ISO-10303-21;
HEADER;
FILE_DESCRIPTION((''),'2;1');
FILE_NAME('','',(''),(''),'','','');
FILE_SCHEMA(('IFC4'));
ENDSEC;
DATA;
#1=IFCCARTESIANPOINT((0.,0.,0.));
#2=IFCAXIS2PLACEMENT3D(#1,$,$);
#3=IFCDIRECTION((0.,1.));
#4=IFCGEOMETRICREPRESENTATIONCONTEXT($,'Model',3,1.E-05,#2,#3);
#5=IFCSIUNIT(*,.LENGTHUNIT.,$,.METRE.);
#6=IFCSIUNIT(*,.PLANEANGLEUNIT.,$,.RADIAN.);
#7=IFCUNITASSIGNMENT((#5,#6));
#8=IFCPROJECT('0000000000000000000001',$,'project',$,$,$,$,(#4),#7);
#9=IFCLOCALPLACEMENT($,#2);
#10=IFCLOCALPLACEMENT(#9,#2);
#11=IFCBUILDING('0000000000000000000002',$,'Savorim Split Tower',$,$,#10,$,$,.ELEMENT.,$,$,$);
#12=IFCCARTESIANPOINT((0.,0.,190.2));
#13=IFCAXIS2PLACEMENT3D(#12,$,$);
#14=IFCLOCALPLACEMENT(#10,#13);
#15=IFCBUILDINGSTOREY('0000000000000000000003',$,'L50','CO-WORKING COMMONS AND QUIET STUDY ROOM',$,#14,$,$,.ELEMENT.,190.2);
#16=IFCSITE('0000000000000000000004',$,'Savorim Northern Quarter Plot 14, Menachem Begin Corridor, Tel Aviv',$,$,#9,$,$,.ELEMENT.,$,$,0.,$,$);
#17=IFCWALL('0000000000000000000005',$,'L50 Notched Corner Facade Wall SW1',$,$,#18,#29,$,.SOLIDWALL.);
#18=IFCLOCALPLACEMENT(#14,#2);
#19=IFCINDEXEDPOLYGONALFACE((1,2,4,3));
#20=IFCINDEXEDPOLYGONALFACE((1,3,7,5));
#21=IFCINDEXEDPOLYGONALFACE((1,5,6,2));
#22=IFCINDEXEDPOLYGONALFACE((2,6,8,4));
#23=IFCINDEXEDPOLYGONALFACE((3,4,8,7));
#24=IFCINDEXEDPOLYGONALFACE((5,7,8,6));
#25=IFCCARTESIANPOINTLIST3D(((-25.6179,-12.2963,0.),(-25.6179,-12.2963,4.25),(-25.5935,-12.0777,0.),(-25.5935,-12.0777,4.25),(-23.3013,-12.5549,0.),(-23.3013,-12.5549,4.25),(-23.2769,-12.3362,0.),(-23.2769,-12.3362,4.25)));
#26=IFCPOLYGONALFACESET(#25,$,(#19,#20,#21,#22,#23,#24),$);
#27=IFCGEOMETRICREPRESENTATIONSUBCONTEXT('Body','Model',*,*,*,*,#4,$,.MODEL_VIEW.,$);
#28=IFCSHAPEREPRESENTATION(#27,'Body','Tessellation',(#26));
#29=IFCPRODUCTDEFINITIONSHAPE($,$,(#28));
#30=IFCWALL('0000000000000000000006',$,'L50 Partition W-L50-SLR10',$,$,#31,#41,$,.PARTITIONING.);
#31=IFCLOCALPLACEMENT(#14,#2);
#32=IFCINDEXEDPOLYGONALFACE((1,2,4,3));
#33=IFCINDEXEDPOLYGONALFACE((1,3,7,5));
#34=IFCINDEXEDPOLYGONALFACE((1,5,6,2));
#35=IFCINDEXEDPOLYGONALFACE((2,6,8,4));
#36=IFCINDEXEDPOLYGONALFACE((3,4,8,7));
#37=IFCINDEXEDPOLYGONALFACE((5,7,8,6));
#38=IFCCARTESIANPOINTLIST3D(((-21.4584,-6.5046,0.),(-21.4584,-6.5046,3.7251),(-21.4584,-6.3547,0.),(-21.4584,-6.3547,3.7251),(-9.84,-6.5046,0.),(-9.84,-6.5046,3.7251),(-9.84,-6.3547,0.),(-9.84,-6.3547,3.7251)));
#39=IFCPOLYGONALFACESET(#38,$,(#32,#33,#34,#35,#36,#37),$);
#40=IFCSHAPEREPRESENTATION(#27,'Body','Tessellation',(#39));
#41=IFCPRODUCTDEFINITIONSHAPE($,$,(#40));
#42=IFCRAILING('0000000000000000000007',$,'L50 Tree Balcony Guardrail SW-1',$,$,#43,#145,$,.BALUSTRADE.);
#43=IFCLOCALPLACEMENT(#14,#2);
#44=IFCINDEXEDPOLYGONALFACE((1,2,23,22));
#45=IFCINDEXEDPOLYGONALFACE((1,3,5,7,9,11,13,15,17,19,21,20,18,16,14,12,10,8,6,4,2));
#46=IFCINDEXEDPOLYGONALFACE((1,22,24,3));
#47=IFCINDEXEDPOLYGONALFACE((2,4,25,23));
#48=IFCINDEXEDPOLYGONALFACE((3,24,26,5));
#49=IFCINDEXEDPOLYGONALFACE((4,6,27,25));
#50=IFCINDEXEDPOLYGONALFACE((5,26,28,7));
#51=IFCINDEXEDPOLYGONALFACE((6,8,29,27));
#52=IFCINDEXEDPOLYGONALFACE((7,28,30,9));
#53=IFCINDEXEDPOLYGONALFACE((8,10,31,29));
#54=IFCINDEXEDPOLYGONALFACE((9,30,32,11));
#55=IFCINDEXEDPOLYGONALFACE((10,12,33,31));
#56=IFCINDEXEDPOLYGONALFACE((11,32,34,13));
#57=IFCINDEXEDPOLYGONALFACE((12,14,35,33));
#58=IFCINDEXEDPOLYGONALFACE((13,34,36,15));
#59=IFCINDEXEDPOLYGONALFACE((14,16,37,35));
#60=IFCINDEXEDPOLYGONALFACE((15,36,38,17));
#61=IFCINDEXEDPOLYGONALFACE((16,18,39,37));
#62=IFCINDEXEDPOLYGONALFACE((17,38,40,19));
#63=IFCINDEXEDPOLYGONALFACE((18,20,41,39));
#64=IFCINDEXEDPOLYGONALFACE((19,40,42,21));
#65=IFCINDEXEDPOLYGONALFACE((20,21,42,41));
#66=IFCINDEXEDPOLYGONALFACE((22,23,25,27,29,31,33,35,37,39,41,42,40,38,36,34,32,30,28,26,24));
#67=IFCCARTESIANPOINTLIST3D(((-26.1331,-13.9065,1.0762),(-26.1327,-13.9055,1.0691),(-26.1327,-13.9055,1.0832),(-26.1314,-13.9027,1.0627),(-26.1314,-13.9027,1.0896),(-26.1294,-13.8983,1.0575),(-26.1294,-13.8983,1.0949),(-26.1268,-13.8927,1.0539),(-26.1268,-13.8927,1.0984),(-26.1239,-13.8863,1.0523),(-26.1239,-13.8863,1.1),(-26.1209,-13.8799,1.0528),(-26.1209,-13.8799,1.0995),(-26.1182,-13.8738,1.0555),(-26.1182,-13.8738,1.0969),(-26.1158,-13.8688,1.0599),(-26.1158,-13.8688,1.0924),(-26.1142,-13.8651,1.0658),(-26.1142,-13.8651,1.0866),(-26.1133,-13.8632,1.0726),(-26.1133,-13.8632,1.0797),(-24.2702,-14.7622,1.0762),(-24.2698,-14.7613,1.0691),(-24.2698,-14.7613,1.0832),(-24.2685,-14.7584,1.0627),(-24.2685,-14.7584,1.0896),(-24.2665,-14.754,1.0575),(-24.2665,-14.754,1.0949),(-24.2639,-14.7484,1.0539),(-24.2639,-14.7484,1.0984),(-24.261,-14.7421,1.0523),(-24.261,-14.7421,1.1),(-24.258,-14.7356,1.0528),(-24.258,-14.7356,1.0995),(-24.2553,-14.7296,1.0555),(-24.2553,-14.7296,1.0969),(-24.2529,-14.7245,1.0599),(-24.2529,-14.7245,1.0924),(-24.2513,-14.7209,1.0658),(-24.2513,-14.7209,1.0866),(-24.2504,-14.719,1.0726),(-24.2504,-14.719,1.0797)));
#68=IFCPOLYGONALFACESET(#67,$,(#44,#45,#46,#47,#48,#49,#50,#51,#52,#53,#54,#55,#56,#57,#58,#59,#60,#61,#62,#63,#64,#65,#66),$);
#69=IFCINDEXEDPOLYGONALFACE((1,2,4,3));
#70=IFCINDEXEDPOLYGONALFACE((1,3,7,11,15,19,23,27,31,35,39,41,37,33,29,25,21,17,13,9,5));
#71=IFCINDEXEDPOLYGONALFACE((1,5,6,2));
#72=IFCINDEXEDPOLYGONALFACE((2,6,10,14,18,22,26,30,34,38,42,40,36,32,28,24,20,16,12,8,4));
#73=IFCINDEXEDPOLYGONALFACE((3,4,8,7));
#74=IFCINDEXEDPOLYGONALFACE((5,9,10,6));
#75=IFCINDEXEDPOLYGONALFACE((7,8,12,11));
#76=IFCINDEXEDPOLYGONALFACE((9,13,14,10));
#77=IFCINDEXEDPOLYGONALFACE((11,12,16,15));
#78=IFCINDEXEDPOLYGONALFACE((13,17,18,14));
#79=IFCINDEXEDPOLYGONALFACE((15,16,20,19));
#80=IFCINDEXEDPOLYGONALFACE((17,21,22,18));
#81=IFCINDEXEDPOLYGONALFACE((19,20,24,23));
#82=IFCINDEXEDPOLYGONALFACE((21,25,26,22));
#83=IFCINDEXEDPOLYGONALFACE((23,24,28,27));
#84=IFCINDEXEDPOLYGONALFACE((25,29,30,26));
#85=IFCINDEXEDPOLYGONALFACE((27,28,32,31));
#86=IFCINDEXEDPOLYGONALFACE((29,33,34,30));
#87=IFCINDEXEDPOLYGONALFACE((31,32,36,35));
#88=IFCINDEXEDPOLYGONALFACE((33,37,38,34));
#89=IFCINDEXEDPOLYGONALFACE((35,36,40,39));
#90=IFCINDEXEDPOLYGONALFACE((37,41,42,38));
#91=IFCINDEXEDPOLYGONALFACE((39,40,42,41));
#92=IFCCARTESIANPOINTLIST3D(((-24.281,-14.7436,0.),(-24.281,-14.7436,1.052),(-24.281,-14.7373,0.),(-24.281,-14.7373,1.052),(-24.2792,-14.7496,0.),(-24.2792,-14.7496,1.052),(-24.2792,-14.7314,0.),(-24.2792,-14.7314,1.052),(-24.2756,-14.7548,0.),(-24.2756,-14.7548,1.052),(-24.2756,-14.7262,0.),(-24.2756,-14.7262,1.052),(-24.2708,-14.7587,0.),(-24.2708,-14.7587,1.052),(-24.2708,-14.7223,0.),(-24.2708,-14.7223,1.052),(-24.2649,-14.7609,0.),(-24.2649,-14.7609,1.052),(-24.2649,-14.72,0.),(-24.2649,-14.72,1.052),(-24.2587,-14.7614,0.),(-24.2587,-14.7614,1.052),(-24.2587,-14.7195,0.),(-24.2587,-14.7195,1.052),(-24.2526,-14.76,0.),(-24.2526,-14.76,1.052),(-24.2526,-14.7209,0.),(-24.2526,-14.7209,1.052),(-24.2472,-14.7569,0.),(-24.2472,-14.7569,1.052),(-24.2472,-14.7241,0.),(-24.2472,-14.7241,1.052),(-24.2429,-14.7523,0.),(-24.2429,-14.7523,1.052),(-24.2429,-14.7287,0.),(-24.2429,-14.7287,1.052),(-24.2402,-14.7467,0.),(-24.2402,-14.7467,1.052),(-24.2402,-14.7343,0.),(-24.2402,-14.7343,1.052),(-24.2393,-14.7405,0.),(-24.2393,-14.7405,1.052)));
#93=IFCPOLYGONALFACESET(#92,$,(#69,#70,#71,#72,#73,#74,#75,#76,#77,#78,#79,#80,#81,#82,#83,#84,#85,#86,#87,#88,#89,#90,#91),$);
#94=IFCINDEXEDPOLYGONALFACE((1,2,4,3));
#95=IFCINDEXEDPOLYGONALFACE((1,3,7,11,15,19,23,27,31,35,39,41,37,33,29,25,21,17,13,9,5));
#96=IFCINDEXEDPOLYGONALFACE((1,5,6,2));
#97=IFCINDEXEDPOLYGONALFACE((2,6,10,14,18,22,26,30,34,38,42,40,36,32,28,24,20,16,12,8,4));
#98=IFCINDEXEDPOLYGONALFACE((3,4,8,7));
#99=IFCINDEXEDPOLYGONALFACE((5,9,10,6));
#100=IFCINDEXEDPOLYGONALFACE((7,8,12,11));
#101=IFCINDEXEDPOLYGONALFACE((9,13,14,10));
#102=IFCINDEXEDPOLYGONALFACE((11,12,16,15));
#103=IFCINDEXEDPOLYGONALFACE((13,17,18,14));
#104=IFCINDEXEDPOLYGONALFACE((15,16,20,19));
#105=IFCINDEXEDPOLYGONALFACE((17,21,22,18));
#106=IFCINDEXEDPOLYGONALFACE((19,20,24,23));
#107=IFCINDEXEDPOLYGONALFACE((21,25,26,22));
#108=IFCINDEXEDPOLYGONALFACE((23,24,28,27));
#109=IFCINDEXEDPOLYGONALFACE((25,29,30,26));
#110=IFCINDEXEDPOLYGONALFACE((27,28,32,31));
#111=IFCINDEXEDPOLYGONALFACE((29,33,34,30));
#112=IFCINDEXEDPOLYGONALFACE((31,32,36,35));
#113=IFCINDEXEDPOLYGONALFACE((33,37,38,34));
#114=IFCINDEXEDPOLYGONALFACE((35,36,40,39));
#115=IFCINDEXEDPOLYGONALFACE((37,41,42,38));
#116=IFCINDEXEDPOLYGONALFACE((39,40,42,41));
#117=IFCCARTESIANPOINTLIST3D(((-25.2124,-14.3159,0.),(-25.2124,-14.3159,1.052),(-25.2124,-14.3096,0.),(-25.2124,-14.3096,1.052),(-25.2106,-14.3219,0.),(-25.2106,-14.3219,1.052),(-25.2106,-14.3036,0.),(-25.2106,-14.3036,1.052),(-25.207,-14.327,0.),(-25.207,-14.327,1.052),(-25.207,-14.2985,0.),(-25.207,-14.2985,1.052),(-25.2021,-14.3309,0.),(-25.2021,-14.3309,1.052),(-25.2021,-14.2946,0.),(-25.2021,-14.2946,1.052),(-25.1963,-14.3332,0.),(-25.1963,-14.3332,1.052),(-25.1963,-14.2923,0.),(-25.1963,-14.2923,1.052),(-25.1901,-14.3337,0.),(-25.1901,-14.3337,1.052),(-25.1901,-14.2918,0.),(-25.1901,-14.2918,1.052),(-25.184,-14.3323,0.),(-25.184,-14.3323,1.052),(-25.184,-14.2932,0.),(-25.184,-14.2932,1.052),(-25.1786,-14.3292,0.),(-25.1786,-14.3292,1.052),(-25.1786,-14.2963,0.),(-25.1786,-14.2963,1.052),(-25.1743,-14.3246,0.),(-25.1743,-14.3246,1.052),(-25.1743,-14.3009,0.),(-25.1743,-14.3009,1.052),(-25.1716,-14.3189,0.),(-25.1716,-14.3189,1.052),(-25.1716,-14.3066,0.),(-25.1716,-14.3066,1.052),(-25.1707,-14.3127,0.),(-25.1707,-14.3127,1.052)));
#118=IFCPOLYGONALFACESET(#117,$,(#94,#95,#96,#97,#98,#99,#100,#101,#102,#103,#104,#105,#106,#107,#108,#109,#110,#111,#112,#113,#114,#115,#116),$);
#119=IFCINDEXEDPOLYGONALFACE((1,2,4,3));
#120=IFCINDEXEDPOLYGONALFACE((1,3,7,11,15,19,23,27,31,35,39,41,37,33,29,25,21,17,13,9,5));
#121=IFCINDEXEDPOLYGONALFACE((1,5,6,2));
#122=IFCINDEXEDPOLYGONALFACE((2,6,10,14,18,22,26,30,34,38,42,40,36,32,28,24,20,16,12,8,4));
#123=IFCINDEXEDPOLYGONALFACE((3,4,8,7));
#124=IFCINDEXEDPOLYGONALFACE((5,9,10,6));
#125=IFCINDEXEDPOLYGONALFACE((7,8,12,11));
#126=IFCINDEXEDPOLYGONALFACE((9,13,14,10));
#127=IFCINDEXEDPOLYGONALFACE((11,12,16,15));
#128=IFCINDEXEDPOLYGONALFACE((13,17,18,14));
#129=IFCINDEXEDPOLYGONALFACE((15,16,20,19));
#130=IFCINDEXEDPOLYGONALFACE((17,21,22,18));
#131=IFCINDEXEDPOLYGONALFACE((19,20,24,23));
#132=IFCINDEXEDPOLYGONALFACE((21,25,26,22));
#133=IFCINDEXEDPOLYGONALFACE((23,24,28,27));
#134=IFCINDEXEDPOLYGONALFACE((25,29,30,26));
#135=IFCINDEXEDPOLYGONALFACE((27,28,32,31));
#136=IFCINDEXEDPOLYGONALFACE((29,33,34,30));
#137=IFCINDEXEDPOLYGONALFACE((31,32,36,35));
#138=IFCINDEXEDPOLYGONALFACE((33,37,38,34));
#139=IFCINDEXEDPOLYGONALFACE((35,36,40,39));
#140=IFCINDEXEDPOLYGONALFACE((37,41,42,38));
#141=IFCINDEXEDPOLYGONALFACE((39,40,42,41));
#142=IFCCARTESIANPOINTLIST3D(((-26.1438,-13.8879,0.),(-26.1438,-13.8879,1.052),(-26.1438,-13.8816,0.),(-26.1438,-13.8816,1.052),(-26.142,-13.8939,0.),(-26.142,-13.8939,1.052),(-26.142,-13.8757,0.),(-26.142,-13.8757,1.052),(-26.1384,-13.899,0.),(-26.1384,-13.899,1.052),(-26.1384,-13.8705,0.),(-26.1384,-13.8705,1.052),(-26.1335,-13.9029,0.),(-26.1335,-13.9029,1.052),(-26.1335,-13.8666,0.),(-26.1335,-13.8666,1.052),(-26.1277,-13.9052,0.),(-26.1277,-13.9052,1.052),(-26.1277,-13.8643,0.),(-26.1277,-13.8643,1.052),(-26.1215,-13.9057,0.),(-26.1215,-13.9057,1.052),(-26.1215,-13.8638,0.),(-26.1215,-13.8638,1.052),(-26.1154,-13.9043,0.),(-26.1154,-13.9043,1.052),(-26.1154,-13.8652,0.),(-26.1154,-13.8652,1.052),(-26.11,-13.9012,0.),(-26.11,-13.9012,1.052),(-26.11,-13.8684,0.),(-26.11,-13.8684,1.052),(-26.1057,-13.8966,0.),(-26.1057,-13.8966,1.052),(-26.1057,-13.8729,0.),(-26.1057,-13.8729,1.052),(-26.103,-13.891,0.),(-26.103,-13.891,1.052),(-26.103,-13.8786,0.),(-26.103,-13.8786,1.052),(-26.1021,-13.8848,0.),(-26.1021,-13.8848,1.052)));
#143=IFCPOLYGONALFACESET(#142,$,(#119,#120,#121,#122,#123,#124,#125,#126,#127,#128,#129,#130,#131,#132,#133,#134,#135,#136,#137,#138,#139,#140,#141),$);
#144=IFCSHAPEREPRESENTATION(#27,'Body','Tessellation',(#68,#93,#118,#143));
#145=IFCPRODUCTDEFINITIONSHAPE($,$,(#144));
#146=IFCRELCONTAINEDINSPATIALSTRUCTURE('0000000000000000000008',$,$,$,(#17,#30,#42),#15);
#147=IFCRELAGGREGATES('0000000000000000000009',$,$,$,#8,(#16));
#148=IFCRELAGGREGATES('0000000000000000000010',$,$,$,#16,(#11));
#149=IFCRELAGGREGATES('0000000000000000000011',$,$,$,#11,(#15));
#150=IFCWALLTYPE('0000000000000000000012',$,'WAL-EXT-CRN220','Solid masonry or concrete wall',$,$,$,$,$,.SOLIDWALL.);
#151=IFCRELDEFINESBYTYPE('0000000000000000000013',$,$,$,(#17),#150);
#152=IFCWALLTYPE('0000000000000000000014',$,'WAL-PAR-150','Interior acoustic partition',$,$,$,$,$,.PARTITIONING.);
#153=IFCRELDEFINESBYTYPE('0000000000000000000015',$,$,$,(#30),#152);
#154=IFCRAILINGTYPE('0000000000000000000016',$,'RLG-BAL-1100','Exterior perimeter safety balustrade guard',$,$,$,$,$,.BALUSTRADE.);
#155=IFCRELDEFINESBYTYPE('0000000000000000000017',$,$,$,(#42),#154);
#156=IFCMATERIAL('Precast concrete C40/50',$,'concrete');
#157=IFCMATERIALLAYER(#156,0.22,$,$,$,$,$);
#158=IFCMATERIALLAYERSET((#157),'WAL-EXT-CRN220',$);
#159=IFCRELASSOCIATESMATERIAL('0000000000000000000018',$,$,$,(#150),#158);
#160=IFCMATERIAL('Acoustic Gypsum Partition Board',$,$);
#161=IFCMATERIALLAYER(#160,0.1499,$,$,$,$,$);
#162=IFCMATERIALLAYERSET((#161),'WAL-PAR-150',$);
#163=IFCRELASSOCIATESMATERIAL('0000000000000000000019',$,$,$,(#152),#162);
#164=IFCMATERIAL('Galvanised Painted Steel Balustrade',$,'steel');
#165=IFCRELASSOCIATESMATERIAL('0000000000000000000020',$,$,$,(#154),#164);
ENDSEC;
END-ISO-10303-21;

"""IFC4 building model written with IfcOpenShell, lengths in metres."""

from ifc_helpers import new_model, si_unit, direction, frame, frame_2d, origin, origin_2d, place, context, subcontext, project, spatial, rectangle, circle, extrude, material, layer, layer_set, type_object, element, save


model = new_model("IFC4")

# Units and contexts
model_context = context("Model", 3, precision=1e-05, world=origin(), true_north=direction((0.0, 1.0)))
body_context = subcontext(model_context, "Body", "Model", "MODEL_VIEW")
ifc_project = project(units=[si_unit("LENGTHUNIT", "METRE"), si_unit("PLANEANGLEUNIT", "RADIAN")], contexts=[model_context])

# Site, building, storey
site_placement = place(None, origin())
site = spatial("IfcSite", under=ifc_project, at=site_placement, Name="Savorim Northern Quarter Plot 14, Menachem Begin Corridor, Tel Aviv", CompositionType="ELEMENT", RefElevation=0.0)
building_placement = place(site_placement, origin())
building = spatial("IfcBuilding", under=site, at=building_placement, Name="Savorim Split Tower", CompositionType="ELEMENT")
storey_placement = place(building_placement, frame((0.0, 0.0, 190.2)))
storey = spatial("IfcBuildingStorey", under=building, at=storey_placement, Name="L50", Description="CO-WORKING COMMONS AND QUIET STUDY ROOM", CompositionType="ELEMENT", Elevation=190.2)

# Wall
ifc_material_1 = material(Name="Precast concrete C40/50", Category="concrete")
ifc_layer_1 = layer(ifc_material_1, 0.22)
ifc_layer_set_1 = layer_set([ifc_layer_1], Name="WAL-EXT-CRN220")
wall_type_1 = type_object("IfcWallType", Name="WAL-EXT-CRN220", Description="Solid masonry or concrete wall", PredefinedType="SOLIDWALL", material=ifc_layer_set_1)
wall_1_placement = place(storey_placement, frame((-23.2891, -12.4456, 0.0), z_axis=(0.0, 0.0, 1.0), x_axis=(-0.99383, 0.110914, 0.0)))
element("IfcWall", 1, at=wall_1_placement, inside=storey, type_object=wall_type_1, Name="L50 Notched Corner Facade Wall SW1", PredefinedType="SOLIDWALL", context=body_context, shape_type="SweptSolid", body=[
    extrude(rectangle(XDim=2.3311, YDim=0.22, at=frame_2d((1.1655, 0.0))), origin(), (0.0, 0.0, 1.0), 4.25),
])

# Wall
ifc_material_2 = material(Name="Acoustic Gypsum Partition Board")
ifc_layer_2 = layer(ifc_material_2, 0.1499)
ifc_layer_set_2 = layer_set([ifc_layer_2], Name="WAL-PAR-150")
wall_type_2 = type_object("IfcWallType", Name="WAL-PAR-150", Description="Interior acoustic partition", PredefinedType="PARTITIONING", material=ifc_layer_set_2)
wall_2_placement = place(storey_placement, frame((-9.8401, -6.4297, 0.0), z_axis=(0.0, 0.0, 1.0), x_axis=(-1.0, 0.0, 0.0)))
element("IfcWall", 2, at=wall_2_placement, inside=storey, type_object=wall_type_2, Name="L50 Partition W-L50-SLR10", PredefinedType="PARTITIONING", context=body_context, shape_type="SweptSolid", body=[
    extrude(rectangle(XDim=11.6184, YDim=0.1499, at=frame_2d((5.8091, 0.0))), origin(), (0.0, 0.0, 1.0), 3.7251),
])

# Railing
ifc_material_3 = material(Name="Galvanised Painted Steel Balustrade", Category="steel")
railing_type = type_object("IfcRailingType", Name="RLG-BAL-1100", Description="Exterior perimeter safety balustrade guard", PredefinedType="BALUSTRADE", material=ifc_material_3)
railing_1_placement = place(storey_placement, frame((-24.2603, -14.7405, 0.0)))
element("IfcRailing", 3, at=railing_1_placement, inside=storey, type_object=railing_type, Name="L50 Tree Balcony Guardrail SW-1", PredefinedType="BALUSTRADE", context=body_context, shape_type="SweptSolid", body=[
    extrude(circle(Radius=0.0239, at=origin_2d()), frame((0.0, 0.0, 1.0762), z_axis=(-0.908707, 0.417434, 0.0), x_axis=(-0.417434, -0.908707, 0.0)), (0.0, 0.0, 1.0), 2.05),
    extrude(circle(Radius=0.021, at=origin_2d()), origin(), (0.0, 0.0, 1.0), 1.052),
    extrude(circle(Radius=0.021, at=origin_2d()), frame((-0.9314, 0.4277, 0.0)), (0.0, 0.0, 1.0), 1.052),
    extrude(circle(Radius=0.021, at=origin_2d()), frame((-1.8628, 0.8557, 0.0)), (0.0, 0.0, 1.0), 1.052),
])

save(model, "model.ifc")
